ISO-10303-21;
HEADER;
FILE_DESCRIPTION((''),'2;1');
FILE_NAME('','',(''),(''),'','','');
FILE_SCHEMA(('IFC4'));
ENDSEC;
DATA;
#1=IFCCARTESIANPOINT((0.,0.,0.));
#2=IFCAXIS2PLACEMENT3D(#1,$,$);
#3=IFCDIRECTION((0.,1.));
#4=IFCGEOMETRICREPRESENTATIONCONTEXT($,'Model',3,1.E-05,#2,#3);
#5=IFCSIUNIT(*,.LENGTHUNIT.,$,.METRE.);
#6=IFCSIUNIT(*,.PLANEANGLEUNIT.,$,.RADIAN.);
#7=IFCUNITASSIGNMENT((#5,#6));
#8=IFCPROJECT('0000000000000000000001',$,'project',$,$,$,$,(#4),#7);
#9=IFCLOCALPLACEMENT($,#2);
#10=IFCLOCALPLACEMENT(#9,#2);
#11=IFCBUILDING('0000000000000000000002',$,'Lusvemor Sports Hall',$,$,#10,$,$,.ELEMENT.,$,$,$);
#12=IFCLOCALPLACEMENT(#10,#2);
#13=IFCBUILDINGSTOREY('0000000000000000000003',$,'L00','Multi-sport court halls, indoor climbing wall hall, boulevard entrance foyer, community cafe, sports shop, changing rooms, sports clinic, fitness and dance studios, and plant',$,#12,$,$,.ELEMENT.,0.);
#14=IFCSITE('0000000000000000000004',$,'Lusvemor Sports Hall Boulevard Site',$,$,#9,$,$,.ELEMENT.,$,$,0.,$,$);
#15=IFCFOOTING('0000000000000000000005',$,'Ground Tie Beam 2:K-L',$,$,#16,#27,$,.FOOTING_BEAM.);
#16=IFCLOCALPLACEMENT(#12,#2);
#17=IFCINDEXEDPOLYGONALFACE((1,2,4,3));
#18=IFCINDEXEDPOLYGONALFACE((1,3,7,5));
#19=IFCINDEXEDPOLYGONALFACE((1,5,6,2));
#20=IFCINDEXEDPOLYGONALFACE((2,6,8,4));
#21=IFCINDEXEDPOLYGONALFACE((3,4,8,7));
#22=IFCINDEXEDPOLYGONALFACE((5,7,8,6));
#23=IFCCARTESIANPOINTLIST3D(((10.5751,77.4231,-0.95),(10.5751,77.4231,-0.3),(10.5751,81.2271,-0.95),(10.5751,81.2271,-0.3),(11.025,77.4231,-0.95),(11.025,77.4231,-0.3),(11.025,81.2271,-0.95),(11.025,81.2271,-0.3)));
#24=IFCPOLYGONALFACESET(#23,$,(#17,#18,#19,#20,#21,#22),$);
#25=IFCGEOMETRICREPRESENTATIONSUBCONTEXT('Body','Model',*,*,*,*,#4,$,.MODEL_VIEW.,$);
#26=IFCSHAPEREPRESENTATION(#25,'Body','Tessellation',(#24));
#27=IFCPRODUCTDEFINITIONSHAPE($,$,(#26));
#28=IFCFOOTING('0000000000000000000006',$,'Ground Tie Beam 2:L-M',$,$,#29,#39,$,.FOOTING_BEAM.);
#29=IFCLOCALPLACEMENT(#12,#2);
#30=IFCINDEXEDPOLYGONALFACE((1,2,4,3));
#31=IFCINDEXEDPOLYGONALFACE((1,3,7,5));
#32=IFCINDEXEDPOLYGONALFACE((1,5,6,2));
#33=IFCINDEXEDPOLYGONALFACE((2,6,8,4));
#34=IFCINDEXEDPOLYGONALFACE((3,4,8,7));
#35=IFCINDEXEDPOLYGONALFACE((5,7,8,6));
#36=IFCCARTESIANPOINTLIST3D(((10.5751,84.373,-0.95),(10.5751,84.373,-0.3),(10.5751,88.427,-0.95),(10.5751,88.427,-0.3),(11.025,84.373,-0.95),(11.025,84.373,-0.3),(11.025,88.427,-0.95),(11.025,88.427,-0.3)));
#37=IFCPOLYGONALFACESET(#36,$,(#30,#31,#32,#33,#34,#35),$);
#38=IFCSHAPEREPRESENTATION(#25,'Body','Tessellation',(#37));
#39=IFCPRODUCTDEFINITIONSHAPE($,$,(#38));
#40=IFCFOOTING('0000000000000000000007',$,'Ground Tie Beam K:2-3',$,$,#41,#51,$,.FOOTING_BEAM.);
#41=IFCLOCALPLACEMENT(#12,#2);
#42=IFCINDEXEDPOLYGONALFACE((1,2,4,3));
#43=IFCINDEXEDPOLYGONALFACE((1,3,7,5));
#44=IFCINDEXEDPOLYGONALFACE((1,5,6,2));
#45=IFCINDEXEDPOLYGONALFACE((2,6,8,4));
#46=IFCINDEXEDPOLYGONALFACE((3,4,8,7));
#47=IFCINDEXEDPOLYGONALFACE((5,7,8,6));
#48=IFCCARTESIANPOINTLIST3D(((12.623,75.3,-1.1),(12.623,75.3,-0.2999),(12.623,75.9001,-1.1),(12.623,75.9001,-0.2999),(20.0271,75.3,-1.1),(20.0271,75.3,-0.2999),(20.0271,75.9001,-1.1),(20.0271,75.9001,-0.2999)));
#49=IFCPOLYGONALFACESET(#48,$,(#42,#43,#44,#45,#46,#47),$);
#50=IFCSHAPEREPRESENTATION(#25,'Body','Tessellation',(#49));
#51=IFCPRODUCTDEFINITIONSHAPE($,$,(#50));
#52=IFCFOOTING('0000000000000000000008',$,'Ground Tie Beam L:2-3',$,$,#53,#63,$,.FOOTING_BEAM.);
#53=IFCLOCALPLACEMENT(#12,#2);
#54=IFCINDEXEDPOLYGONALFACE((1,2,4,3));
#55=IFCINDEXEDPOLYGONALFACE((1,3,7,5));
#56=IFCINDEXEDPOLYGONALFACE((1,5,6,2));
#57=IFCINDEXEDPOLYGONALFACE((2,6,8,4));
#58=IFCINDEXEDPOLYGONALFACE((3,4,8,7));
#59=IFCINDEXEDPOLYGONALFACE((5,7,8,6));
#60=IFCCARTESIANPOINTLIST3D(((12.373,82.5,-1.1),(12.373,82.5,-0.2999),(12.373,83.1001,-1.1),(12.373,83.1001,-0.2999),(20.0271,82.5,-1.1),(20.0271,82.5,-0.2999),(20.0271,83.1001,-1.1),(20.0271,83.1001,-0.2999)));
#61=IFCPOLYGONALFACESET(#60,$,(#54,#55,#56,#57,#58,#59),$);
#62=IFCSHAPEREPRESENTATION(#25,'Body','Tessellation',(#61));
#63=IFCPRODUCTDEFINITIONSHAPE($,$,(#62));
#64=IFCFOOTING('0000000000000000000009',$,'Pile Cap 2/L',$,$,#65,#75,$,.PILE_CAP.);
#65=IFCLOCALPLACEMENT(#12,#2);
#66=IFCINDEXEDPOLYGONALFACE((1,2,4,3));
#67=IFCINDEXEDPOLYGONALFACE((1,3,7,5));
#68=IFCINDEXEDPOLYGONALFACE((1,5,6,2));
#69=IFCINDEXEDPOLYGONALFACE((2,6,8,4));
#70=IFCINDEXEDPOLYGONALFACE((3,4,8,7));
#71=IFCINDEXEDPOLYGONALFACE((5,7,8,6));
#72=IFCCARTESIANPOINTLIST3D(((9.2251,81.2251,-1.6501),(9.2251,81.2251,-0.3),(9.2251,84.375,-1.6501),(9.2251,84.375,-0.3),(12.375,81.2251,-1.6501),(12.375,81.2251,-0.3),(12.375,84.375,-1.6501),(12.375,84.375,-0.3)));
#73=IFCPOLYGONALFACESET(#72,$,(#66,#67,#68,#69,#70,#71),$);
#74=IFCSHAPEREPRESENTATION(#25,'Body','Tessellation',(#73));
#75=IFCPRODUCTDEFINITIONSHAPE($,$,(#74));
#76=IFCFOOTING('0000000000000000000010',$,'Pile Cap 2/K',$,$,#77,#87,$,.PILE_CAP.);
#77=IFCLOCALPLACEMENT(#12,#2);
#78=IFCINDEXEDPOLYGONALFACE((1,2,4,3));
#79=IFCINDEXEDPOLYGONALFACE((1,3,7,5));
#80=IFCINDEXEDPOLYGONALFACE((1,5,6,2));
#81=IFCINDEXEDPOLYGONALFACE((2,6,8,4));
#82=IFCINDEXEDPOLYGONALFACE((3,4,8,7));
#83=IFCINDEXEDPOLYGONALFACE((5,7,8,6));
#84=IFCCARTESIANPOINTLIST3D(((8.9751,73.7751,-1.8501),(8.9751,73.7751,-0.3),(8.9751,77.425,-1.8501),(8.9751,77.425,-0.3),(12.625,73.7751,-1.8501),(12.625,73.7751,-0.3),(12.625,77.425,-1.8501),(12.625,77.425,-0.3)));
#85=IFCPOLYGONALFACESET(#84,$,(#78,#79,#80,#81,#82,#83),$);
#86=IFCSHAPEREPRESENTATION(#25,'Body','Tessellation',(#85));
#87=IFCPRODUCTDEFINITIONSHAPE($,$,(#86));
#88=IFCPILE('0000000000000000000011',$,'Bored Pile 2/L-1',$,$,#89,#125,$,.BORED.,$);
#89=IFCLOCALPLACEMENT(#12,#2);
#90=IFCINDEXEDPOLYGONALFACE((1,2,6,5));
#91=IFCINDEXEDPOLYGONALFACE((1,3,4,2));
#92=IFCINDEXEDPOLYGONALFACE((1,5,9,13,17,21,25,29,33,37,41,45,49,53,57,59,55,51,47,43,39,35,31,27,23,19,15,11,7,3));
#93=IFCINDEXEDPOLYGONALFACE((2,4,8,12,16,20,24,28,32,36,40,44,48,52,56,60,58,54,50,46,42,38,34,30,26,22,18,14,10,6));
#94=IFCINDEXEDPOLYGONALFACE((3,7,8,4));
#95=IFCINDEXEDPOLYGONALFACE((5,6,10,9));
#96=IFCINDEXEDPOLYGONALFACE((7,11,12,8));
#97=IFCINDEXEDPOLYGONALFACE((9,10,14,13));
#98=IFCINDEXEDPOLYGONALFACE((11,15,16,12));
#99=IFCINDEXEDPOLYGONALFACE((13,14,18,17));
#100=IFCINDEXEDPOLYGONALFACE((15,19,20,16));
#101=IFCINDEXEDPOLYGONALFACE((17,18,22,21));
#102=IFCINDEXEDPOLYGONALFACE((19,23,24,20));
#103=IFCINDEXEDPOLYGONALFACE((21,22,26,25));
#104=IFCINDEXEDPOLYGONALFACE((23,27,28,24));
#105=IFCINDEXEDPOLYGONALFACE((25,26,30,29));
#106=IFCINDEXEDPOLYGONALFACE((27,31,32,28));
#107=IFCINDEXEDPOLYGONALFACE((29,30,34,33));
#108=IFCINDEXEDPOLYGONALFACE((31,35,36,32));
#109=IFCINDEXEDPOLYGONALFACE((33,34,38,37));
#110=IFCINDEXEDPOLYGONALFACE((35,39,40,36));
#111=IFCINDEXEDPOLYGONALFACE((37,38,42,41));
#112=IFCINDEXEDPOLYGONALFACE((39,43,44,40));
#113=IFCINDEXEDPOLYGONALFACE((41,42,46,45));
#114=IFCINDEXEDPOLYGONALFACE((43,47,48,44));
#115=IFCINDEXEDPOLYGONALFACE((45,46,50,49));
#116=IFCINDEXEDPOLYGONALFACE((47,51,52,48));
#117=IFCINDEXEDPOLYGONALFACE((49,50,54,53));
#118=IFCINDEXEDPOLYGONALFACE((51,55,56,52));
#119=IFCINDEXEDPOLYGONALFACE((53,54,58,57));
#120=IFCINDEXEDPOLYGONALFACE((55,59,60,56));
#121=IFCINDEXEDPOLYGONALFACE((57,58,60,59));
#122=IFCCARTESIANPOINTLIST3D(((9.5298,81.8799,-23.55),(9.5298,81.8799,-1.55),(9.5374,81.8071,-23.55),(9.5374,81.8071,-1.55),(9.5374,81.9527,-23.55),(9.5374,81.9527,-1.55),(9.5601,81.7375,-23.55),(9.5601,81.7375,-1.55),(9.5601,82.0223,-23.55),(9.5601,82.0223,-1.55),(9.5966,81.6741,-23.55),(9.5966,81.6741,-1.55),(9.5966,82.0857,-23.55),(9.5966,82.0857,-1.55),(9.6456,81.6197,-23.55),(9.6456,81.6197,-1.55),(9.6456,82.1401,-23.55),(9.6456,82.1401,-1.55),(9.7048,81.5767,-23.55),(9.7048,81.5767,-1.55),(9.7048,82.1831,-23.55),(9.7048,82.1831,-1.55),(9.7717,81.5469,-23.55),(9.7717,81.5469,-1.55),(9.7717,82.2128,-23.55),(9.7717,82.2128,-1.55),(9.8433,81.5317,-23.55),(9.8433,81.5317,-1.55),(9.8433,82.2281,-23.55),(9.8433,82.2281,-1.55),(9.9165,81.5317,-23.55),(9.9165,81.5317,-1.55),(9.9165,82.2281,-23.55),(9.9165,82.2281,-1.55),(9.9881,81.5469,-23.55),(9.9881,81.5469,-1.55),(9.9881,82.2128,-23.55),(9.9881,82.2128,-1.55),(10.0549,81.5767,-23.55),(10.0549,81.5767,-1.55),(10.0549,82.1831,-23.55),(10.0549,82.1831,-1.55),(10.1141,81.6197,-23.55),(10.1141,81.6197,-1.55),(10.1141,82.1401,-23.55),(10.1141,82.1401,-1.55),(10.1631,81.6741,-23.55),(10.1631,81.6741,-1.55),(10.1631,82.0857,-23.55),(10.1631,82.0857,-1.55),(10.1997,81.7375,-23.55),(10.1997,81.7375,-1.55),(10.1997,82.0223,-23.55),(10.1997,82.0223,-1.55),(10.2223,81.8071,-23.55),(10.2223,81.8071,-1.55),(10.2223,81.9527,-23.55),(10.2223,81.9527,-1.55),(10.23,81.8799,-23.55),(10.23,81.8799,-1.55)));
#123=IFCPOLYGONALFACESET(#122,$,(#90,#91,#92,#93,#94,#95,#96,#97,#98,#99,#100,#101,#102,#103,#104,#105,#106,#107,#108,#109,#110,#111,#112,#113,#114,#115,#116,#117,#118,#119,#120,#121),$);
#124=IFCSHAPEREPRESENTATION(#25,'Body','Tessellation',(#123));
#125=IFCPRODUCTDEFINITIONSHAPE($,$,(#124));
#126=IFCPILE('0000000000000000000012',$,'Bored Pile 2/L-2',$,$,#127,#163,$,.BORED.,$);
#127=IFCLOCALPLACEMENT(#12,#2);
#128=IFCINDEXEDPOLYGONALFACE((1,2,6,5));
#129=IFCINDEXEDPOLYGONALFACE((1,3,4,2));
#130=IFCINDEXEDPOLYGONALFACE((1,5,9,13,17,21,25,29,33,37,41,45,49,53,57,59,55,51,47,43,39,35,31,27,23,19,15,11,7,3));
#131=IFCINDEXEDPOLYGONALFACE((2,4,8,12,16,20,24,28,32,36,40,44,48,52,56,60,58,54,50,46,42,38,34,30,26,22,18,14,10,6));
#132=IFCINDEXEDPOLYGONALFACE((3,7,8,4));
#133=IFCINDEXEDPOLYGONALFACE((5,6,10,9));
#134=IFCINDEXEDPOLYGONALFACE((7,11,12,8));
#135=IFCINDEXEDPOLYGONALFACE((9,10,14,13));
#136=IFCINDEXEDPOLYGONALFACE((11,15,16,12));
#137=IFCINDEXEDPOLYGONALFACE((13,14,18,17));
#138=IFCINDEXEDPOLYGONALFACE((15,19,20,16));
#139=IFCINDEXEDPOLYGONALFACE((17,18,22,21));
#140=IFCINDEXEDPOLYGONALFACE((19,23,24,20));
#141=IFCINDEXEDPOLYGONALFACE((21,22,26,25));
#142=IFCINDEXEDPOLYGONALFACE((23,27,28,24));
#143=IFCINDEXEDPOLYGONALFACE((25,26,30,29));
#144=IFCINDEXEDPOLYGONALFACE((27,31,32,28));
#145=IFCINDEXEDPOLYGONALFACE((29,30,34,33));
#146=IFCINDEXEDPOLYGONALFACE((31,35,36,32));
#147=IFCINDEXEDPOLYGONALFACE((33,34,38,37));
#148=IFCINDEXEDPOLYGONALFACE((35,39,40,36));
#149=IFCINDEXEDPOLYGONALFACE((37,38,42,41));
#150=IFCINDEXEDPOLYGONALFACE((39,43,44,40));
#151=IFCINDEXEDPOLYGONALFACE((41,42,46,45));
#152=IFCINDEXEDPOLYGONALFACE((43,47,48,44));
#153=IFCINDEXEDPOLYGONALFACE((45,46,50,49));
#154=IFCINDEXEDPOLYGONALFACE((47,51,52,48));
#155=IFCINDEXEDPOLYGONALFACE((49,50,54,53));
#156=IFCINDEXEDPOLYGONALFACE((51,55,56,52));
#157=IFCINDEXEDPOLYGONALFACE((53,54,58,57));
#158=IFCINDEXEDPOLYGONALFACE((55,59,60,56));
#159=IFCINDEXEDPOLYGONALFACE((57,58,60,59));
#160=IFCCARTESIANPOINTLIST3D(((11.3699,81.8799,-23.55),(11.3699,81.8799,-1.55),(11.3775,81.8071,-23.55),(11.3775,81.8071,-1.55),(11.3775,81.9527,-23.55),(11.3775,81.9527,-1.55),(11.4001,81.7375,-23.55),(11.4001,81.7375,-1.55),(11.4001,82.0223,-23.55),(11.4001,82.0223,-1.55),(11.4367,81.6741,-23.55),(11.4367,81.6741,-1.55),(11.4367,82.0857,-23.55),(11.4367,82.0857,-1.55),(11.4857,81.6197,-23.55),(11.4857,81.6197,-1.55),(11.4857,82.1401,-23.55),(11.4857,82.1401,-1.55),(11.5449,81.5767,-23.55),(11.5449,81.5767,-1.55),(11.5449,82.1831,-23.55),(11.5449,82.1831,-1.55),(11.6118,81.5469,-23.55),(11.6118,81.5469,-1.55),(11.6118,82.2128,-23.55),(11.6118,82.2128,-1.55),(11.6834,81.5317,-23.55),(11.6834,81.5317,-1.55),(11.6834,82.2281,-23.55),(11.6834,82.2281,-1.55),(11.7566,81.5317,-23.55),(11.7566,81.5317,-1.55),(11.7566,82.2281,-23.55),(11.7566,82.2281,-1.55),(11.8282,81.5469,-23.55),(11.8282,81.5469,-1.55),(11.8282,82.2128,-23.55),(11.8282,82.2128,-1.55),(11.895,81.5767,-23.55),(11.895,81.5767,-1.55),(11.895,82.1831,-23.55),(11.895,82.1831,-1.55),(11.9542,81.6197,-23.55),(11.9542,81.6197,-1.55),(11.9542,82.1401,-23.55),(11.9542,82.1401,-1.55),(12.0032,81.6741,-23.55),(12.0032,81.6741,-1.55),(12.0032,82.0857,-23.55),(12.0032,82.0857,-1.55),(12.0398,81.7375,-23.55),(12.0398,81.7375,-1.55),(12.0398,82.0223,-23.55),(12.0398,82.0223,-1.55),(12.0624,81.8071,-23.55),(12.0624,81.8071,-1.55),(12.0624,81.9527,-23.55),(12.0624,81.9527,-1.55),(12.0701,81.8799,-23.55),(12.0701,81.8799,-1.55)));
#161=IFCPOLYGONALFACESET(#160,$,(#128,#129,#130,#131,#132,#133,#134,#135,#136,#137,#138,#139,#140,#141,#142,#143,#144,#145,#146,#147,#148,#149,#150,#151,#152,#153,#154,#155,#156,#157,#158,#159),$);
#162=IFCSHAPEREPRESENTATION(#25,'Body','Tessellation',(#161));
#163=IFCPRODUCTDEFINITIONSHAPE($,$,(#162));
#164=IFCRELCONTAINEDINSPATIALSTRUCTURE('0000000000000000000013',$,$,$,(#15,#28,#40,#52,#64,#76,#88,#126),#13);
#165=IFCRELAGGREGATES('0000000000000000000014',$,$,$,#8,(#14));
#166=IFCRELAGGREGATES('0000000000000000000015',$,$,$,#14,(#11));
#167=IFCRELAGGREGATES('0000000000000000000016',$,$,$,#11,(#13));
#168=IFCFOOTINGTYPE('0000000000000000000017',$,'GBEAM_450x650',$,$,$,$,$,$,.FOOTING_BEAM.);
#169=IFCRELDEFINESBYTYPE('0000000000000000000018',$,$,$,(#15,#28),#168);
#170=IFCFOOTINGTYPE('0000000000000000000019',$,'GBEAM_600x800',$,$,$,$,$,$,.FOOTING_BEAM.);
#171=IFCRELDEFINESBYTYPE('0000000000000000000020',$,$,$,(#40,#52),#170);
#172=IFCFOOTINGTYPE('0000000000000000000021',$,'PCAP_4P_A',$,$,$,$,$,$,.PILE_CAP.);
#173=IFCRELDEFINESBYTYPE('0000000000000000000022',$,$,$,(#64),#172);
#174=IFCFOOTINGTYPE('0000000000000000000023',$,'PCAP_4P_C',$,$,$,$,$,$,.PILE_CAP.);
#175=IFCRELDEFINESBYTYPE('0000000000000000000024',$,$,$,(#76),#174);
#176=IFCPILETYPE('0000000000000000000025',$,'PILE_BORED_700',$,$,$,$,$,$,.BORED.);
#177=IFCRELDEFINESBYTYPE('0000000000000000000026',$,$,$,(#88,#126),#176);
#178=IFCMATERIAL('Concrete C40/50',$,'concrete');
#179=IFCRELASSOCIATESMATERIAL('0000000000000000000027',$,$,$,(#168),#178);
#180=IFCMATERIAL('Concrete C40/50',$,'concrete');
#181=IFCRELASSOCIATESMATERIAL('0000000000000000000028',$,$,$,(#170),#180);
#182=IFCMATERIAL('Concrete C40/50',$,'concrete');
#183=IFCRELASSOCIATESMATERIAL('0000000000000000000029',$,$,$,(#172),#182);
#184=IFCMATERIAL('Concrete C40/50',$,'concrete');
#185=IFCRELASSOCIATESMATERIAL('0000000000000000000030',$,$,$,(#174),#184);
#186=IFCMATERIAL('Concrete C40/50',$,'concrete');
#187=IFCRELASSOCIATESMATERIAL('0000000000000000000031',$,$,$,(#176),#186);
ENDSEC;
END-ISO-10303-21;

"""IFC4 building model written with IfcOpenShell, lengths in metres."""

from ifc_helpers import new_model, si_unit, direction, frame, origin, origin_2d, place, context, subcontext, project, spatial, rectangle, circle, extrude, material, material_profile, profile_set, type_object, element, save


model = new_model("IFC4")

# Units and contexts
model_context = context("Model", 3, precision=1e-05, world=origin(), true_north=direction((0.0, 1.0)))
body_context = subcontext(model_context, "Body", "Model", "MODEL_VIEW")
ifc_project = project(units=[si_unit("LENGTHUNIT", "METRE"), si_unit("PLANEANGLEUNIT", "RADIAN")], contexts=[model_context])

# Site, building, storey
site_placement = place(None, origin())
site = spatial("IfcSite", under=ifc_project, at=site_placement, Name="Lusvemor Sports Hall Boulevard Site", CompositionType="ELEMENT", RefElevation=0.0)
building_placement = place(site_placement, origin())
building = spatial("IfcBuilding", under=site, at=building_placement, Name="Lusvemor Sports Hall", CompositionType="ELEMENT")
storey_placement = place(building_placement, origin())
storey = spatial("IfcBuildingStorey", under=building, at=storey_placement, Name="L00", Description="Multi-sport court halls, indoor climbing wall hall, boulevard entrance foyer, community cafe, sports shop, changing rooms, sports clinic, fitness and dance studios, and plant", CompositionType="ELEMENT", Elevation=0.0)

# Footings
ifc_material_1 = material(Name="Concrete C40/50", Category="concrete")
ifc_material_profile_1 = material_profile(ifc_material_1, rectangle(XDim=0.45, YDim=0.6499, at=origin_2d()), Name="GB_450x650")
ifc_profile_set_1 = profile_set([ifc_material_profile_1], Name="Concrete C40/50")
footing_type_1 = type_object("IfcFootingType", Name="GBEAM_450x650", PredefinedType="FOOTING_BEAM", material=ifc_profile_set_1)
footing_1_placement = place(storey_placement, frame((10.8, 77.4231, -0.625), z_axis=(0.0, 1.0, 0.0), x_axis=(-1.0, 0.0, 0.0)))
element("IfcFooting", 1, at=footing_1_placement, inside=storey, type_object=footing_type_1, Name="Ground Tie Beam 2:K-L", PredefinedType="FOOTING_BEAM", context=body_context, shape_type="SweptSolid", body=[
    extrude(rectangle(XDim=0.45, YDim=0.6499, at=origin_2d()), origin(), (0.0, 0.0, 1.0), 3.804),
])
footing_2_placement = place(storey_placement, frame((10.8, 84.373, -0.625), z_axis=(0.0, 1.0, 0.0), x_axis=(-1.0, 0.0, 0.0)))
element("IfcFooting", 2, at=footing_2_placement, inside=storey, type_object=footing_type_1, Name="Ground Tie Beam 2:L-M", PredefinedType="FOOTING_BEAM", context=body_context, shape_type="SweptSolid", body=[
    extrude(rectangle(XDim=0.45, YDim=0.6499, at=origin_2d()), origin(), (0.0, 0.0, 1.0), 4.054),
])
ifc_material_2 = material(Name="Concrete C40/50", Category="concrete")
ifc_material_profile_2 = material_profile(ifc_material_2, rectangle(XDim=0.6001, YDim=0.8, at=origin_2d()), Name="GB_600x800")
ifc_profile_set_2 = profile_set([ifc_material_profile_2], Name="Concrete C40/50")
footing_type_2 = type_object("IfcFootingType", Name="GBEAM_600x800", PredefinedType="FOOTING_BEAM", material=ifc_profile_set_2)
footing_3_placement = place(storey_placement, frame((12.623, 75.6001, -0.7), z_axis=(1.0, 0.0, 0.0), x_axis=(0.0, 1.0, 0.0)))
element("IfcFooting", 3, at=footing_3_placement, inside=storey, type_object=footing_type_2, Name="Ground Tie Beam K:2-3", PredefinedType="FOOTING_BEAM", context=body_context, shape_type="SweptSolid", body=[
    extrude(rectangle(XDim=0.6001, YDim=0.8, at=origin_2d()), origin(), (0.0, 0.0, 1.0), 7.4041),
])
footing_4_placement = place(storey_placement, frame((12.373, 82.8, -0.7), z_axis=(1.0, 0.0, 0.0), x_axis=(0.0, 1.0, 0.0)))
element("IfcFooting", 4, at=footing_4_placement, inside=storey, type_object=footing_type_2, Name="Ground Tie Beam L:2-3", PredefinedType="FOOTING_BEAM", context=body_context, shape_type="SweptSolid", body=[
    extrude(rectangle(XDim=0.6001, YDim=0.8, at=origin_2d()), origin(), (0.0, 0.0, 1.0), 7.6541),
])
ifc_material_3 = material(Name="Concrete C40/50", Category="concrete")
footing_type_3 = type_object("IfcFootingType", Name="PCAP_4P_A", PredefinedType="PILE_CAP", material=ifc_material_3)
footing_5_placement = place(storey_placement, frame((10.8, 82.8, -1.6501), z_axis=(0.0, 0.0, 1.0), x_axis=(1.0, 0.0, 0.0)))
element("IfcFooting", 5, at=footing_5_placement, inside=storey, type_object=footing_type_3, Name="Pile Cap 2/L", PredefinedType="PILE_CAP", context=body_context, shape_type="SweptSolid", body=[
    extrude(rectangle(XDim=3.1499, YDim=3.1499, at=origin_2d()), origin(), (0.0, 0.0, 1.0), 1.3501),
])
ifc_material_4 = material(Name="Concrete C40/50", Category="concrete")
footing_type_4 = type_object("IfcFootingType", Name="PCAP_4P_C", PredefinedType="PILE_CAP", material=ifc_material_4)
footing_6_placement = place(storey_placement, frame((10.8, 75.6001, -1.8501), z_axis=(0.0, 0.0, 1.0), x_axis=(1.0, 0.0, 0.0)))
element("IfcFooting", 6, at=footing_6_placement, inside=storey, type_object=footing_type_4, Name="Pile Cap 2/K", PredefinedType="PILE_CAP", context=body_context, shape_type="SweptSolid", body=[
    extrude(rectangle(XDim=3.6499, YDim=3.6499, at=origin_2d()), origin(), (0.0, 0.0, 1.0), 1.55),
])

# Piles
ifc_material_5 = material(Name="Concrete C40/50", Category="concrete")
ifc_material_profile_3 = material_profile(ifc_material_5, circle(Radius=0.3501, at=origin_2d()), Name="PILE700")
ifc_profile_set_3 = profile_set([ifc_material_profile_3], Name="Concrete C40/50")
pile_type_1 = type_object("IfcPileType", Name="PILE_BORED_700", PredefinedType="BORED", material=ifc_profile_set_3)
for number, where, z_axis, x_axis, name in (
    (7, (9.8799, 81.8799, -1.55), (0.0, 0.0, -1.0), (1.0, 0.0, 0.0), "Bored Pile 2/L-1"),
    (8, (11.72, 81.8799, -1.55), (0.0, 0.0, -1.0), (1.0, 0.0, 0.0), "Bored Pile 2/L-2"),
):
    element("IfcPile", number, at=place(storey_placement, frame(where, z_axis=z_axis, x_axis=x_axis)), inside=storey, type_object=pile_type_1, Name=name, PredefinedType="BORED", context=body_context, shape_type="SweptSolid", body=[
        extrude(circle(Radius=0.3501, at=origin_2d()), origin(), (0.0, 0.0, 1.0), 22.0),
    ])

save(model, "model.ifc")
